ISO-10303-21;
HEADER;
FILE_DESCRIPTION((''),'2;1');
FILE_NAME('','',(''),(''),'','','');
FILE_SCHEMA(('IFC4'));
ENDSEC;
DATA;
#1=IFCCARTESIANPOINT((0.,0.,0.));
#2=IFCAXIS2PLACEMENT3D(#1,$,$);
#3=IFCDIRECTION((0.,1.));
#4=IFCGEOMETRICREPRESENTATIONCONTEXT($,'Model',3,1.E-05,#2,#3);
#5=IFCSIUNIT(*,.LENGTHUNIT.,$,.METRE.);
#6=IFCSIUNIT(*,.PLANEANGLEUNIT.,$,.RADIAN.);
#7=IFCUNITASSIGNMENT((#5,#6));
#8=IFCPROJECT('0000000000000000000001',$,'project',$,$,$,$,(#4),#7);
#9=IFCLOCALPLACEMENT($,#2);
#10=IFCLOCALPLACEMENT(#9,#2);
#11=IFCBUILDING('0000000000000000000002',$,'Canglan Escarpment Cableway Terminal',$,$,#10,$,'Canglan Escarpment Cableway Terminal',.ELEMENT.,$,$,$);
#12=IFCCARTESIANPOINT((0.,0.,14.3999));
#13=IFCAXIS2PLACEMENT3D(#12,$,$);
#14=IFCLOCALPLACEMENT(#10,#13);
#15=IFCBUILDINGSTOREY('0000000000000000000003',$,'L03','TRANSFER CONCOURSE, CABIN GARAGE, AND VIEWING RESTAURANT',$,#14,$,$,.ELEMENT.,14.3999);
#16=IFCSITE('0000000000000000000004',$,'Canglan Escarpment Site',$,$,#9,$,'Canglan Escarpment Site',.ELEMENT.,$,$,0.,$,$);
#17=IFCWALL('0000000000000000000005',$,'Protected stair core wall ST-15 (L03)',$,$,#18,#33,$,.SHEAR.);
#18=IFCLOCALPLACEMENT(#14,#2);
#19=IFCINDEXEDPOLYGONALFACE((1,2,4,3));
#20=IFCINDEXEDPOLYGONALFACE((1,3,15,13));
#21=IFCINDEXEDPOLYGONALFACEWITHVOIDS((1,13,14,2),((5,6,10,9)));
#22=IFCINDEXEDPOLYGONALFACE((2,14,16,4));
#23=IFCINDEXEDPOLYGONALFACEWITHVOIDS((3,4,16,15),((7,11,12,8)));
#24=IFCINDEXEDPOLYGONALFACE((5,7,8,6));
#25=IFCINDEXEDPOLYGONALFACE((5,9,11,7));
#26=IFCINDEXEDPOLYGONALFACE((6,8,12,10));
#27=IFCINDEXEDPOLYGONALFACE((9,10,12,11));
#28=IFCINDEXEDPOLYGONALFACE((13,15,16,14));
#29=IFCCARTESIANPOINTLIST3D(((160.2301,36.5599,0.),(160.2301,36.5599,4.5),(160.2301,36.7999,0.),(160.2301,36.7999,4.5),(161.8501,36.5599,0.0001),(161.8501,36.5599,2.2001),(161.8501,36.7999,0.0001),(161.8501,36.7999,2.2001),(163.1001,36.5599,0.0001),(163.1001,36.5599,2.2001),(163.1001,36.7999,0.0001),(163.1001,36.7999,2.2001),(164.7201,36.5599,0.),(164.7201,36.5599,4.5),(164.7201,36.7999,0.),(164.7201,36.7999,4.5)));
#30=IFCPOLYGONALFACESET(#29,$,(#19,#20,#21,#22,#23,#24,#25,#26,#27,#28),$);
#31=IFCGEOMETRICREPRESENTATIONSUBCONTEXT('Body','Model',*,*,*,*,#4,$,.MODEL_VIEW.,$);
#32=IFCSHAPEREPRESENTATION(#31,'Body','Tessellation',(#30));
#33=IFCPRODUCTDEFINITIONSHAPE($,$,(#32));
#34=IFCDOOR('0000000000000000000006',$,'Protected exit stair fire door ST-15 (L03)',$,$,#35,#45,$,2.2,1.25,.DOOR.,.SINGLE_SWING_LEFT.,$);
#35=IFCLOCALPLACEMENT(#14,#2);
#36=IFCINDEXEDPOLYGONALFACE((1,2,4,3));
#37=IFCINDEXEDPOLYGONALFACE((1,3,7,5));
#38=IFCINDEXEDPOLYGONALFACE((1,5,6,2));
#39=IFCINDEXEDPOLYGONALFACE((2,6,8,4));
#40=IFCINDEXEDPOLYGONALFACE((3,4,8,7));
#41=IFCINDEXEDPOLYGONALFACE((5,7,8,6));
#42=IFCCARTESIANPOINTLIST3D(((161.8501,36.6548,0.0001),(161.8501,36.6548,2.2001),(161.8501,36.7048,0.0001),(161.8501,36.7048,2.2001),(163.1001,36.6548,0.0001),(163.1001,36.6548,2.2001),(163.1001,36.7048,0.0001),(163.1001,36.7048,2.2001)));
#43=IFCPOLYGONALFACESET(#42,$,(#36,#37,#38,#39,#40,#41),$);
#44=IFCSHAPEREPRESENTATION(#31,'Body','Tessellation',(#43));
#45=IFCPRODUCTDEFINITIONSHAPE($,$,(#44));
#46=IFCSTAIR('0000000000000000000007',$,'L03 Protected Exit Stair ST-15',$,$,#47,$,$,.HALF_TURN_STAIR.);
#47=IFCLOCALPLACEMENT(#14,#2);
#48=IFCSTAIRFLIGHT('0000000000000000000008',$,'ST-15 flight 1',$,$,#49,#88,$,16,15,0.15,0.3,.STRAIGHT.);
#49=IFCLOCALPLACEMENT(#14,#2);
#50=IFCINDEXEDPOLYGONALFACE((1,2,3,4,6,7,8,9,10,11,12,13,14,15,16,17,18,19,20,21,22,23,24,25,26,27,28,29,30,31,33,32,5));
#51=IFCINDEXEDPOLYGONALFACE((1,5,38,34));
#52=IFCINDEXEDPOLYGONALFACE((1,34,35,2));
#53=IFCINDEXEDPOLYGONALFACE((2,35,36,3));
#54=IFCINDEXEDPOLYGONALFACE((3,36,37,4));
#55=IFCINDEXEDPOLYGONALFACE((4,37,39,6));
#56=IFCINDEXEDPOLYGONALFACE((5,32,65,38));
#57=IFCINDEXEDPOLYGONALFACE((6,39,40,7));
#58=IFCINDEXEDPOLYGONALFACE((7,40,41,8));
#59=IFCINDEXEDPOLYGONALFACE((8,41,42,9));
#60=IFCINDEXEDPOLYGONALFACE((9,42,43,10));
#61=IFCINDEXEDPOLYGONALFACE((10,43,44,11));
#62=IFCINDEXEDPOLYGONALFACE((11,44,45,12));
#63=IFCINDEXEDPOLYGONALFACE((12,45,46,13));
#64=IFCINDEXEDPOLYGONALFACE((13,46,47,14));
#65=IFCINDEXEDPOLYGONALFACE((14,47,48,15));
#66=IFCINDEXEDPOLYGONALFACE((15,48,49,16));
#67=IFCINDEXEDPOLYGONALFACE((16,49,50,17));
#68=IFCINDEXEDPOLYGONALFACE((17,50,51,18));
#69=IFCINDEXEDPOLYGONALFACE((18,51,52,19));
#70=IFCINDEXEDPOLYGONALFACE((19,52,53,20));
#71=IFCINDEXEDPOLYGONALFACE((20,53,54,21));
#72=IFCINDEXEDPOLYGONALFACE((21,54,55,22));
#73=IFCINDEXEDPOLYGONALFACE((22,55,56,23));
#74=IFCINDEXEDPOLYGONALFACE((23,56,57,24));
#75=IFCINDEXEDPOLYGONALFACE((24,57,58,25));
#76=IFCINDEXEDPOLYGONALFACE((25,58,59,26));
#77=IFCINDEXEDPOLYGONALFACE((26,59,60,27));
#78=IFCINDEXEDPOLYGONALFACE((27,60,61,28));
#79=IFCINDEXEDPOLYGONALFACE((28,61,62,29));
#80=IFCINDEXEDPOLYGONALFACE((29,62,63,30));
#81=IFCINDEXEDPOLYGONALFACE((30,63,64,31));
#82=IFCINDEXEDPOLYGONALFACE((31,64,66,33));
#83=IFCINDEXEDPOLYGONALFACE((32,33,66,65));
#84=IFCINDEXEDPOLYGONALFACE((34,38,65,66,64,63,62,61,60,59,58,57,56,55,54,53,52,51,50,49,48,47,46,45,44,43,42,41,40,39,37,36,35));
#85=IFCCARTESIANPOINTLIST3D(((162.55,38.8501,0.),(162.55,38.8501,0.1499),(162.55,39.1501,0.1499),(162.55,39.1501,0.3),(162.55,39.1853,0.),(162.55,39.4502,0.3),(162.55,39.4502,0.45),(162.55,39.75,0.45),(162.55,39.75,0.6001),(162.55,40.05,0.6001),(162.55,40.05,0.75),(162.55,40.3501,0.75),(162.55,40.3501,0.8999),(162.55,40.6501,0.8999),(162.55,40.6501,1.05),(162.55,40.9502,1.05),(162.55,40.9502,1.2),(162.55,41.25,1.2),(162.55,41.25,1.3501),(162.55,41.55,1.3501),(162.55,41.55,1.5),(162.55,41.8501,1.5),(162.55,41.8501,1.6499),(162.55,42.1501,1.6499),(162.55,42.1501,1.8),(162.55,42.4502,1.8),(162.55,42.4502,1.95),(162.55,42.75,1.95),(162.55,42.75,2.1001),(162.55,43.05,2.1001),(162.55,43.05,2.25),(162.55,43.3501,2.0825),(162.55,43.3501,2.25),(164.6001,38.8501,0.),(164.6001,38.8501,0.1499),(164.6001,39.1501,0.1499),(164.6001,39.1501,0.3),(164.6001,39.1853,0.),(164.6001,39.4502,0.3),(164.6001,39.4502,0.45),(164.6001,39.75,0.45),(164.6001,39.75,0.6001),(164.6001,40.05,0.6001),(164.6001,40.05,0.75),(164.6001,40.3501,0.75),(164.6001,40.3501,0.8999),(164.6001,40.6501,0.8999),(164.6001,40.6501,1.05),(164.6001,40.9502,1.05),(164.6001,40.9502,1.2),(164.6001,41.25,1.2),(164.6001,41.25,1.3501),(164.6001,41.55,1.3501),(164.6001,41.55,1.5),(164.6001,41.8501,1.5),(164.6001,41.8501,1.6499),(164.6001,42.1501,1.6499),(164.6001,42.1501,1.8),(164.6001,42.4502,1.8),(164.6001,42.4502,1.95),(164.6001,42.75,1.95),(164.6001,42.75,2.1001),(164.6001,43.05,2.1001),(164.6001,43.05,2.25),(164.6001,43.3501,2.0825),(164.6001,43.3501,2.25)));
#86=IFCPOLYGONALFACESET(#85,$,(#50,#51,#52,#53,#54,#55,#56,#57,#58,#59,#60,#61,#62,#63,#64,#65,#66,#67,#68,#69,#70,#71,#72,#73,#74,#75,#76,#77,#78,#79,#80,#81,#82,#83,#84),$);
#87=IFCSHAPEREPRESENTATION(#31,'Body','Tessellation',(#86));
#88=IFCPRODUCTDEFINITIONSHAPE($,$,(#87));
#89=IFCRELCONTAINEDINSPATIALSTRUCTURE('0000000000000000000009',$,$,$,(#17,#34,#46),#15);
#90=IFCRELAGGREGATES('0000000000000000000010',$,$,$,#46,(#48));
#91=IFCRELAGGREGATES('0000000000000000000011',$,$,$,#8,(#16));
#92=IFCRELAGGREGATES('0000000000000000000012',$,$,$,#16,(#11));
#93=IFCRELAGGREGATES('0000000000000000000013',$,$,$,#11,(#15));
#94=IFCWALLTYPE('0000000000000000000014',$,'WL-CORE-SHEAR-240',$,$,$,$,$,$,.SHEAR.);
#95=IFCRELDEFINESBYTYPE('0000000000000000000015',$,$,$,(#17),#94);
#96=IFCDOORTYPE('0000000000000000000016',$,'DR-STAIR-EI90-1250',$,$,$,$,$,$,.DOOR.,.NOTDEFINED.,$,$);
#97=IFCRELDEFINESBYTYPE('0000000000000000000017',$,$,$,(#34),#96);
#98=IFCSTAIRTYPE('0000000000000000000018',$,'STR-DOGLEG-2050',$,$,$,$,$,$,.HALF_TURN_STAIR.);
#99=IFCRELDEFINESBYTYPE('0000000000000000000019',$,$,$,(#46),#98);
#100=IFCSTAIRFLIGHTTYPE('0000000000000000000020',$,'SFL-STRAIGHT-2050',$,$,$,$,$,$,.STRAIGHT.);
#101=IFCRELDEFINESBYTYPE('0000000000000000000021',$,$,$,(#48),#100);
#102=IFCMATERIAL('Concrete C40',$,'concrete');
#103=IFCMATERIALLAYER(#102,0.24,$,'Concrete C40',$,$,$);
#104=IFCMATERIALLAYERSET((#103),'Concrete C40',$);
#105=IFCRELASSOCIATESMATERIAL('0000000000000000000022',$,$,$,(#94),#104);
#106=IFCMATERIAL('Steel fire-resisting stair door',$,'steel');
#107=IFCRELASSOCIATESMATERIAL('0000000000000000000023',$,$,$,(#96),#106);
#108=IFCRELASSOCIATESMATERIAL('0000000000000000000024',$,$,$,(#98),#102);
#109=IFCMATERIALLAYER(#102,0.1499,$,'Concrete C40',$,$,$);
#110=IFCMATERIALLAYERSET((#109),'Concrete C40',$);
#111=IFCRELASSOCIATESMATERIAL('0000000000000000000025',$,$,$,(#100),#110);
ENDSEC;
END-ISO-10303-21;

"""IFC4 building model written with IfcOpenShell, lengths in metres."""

from ifc_helpers import new_model, si_unit, direction, frame, frame_2d, origin, place, context, subcontext, project, spatial, polyline, rectangle, outline, extrude, material, layer, layer_set, type_object, element, fill, aggregate, save


model = new_model("IFC4")

# Units and contexts
model_context = context("Model", 3, precision=1e-05, world=origin(), true_north=direction((0.0, 1.0)))
body_context = subcontext(model_context, "Body", "Model", "MODEL_VIEW")
ifc_project = project(units=[si_unit("LENGTHUNIT", "METRE"), si_unit("PLANEANGLEUNIT", "RADIAN")], contexts=[model_context])

# Site, building, storey
site_placement = place(None, origin())
site = spatial("IfcSite", under=ifc_project, at=site_placement, Name="Canglan Escarpment Site", LongName="Canglan Escarpment Site", CompositionType="ELEMENT", RefElevation=0.0)
building_placement = place(site_placement, origin())
building = spatial("IfcBuilding", under=site, at=building_placement, Name="Canglan Escarpment Cableway Terminal", LongName="Canglan Escarpment Cableway Terminal", CompositionType="ELEMENT")
storey_placement = place(building_placement, frame((0.0, 0.0, 14.3999)))
storey = spatial("IfcBuildingStorey", under=building, at=storey_placement, Name="L03", Description="TRANSFER CONCOURSE, CABIN GARAGE, AND VIEWING RESTAURANT", CompositionType="ELEMENT", Elevation=14.3999)

# Shared definitions
ifc_material_1 = material(Name="Concrete C40", Category="concrete")

# Shared definitions
ifc_layer_1 = layer(ifc_material_1, 0.24, Name="Concrete C40")
ifc_layer_set_1 = layer_set([ifc_layer_1], Name="Concrete C40")
wall_type_1 = type_object("IfcWallType", Name="WL-CORE-SHEAR-240", PredefinedType="SHEAR", material=ifc_layer_set_1)

# Wall, opening, door
wall_1_placement = place(storey_placement, frame((160.23, 36.6799, 0.0), z_axis=(0.0, 0.0, 1.0), x_axis=(1.0, 0.0, 0.0)))
wall_1 = element("IfcWall", 1, at=wall_1_placement, inside=storey, type_object=wall_type_1, Name="Protected stair core wall ST-15 (L03)", PredefinedType="SHEAR", context=body_context, shape_type="SweptSolid", body=[
    extrude(rectangle(XDim=4.49, YDim=0.24, at=frame_2d((2.2451, 0.0))), origin(), (0.0, 0.0, 1.0), 4.5),
])
opening_placement = place(wall_1_placement, frame((1.6201, 0.0, 0.0)))
opening = element("IfcOpeningElement", 2, at=opening_placement, cuts=wall_1, PredefinedType="OPENING", context=body_context, shape_type="SweptSolid", body=[
    extrude(rectangle(XDim=1.25, YDim=2.2, at=frame_2d((0.625, 1.1001))), frame((0.0, 0.1299, 0.0), z_axis=(0.0, -1.0, 0.0), x_axis=(1.0, 0.0, 0.0)), (0.0, 0.0, 1.0), 0.26),
])
ifc_material_2 = material(Name="Steel fire-resisting stair door", Category="steel")
door_type = type_object("IfcDoorType", Name="DR-STAIR-EI90-1250", OperationType="NOTDEFINED", PredefinedType="DOOR", material=ifc_material_2)
door_placement = place(opening_placement, origin())
door = element("IfcDoor", 3, at=door_placement, inside=storey, type_object=door_type, Name="Protected exit stair fire door ST-15 (L03)", OperationType="SINGLE_SWING_LEFT", OverallHeight=2.2, OverallWidth=1.25, PredefinedType="DOOR", context=body_context, shape_type="SweptSolid", body=[
    extrude(rectangle(XDim=1.25, YDim=2.2, at=frame_2d((0.625, 1.1001))), frame((0.0, 0.0249, 0.0), z_axis=(0.0, -1.0, 0.0), x_axis=(1.0, 0.0, 0.0)), (0.0, 0.0, 1.0), 0.05),
])
fill(opening, door)

# Stair, stair flight
stair_type = type_object("IfcStairType", Name="STR-DOGLEG-2050", PredefinedType="HALF_TURN_STAIR", material=ifc_material_1)
stair_placement = place(storey_placement, origin())
stair = element("IfcStair", 4, at=stair_placement, inside=storey, type_object=stair_type, Name="L03 Protected Exit Stair ST-15", PredefinedType="HALF_TURN_STAIR")
ifc_layer_2 = layer(ifc_material_1, 0.1499, Name="Concrete C40")
ifc_layer_set_2 = layer_set([ifc_layer_2], Name="Concrete C40")
stair_flight_type = type_object("IfcStairFlightType", Name="SFL-STRAIGHT-2050", PredefinedType="STRAIGHT", material=ifc_layer_set_2)
stair_flight_placement = place(storey_placement, frame((163.575, 38.8501, 0.0), z_axis=(0.0, 0.0, 1.0), x_axis=(0.0, 1.0, 0.0)))
stair_flight = element("IfcStairFlight", 5, at=stair_flight_placement, type_object=stair_flight_type, Name="ST-15 flight 1", NumberOfRisers=16, NumberOfTreads=15, PredefinedType="STRAIGHT", RiserHeight=0.15, TreadLength=0.3, context=body_context, shape_type="SweptSolid", body=[
    extrude(outline(polyline([(0.0, 0.0), (0.0, 0.1499), (0.3, 0.1499), (0.3, 0.3), (0.6001, 0.3), (0.6001, 0.45), (0.8999, 0.45), (0.8999, 0.6001), (1.2, 0.6001), (1.2, 0.75), (1.5, 0.75), (1.5, 0.8999), (1.8, 0.8999), (1.8, 1.05), (2.1001, 1.05), (2.1001, 1.2), (2.3999, 1.2), (2.3999, 1.3501), (2.7, 1.3501), (2.7, 1.5), (3.0, 1.5), (3.0, 1.6499), (3.3, 1.6499), (3.3, 1.8), (3.6001, 1.8), (3.6001, 1.95), (3.8999, 1.95), (3.8999, 2.1001), (4.2, 2.1001), (4.2, 2.25), (4.5, 2.25), (4.5, 2.3999), (4.5, 2.0825), (0.3352, 0.0), (0.0, 0.0)])), frame((0.0, 1.0249, 0.0), z_axis=(0.0, -1.0, 0.0), x_axis=(1.0, 0.0, 0.0)), (0.0, 0.0, 1.0), 2.05),
])
aggregate(stair, [stair_flight])

save(model, "model.ifc")
